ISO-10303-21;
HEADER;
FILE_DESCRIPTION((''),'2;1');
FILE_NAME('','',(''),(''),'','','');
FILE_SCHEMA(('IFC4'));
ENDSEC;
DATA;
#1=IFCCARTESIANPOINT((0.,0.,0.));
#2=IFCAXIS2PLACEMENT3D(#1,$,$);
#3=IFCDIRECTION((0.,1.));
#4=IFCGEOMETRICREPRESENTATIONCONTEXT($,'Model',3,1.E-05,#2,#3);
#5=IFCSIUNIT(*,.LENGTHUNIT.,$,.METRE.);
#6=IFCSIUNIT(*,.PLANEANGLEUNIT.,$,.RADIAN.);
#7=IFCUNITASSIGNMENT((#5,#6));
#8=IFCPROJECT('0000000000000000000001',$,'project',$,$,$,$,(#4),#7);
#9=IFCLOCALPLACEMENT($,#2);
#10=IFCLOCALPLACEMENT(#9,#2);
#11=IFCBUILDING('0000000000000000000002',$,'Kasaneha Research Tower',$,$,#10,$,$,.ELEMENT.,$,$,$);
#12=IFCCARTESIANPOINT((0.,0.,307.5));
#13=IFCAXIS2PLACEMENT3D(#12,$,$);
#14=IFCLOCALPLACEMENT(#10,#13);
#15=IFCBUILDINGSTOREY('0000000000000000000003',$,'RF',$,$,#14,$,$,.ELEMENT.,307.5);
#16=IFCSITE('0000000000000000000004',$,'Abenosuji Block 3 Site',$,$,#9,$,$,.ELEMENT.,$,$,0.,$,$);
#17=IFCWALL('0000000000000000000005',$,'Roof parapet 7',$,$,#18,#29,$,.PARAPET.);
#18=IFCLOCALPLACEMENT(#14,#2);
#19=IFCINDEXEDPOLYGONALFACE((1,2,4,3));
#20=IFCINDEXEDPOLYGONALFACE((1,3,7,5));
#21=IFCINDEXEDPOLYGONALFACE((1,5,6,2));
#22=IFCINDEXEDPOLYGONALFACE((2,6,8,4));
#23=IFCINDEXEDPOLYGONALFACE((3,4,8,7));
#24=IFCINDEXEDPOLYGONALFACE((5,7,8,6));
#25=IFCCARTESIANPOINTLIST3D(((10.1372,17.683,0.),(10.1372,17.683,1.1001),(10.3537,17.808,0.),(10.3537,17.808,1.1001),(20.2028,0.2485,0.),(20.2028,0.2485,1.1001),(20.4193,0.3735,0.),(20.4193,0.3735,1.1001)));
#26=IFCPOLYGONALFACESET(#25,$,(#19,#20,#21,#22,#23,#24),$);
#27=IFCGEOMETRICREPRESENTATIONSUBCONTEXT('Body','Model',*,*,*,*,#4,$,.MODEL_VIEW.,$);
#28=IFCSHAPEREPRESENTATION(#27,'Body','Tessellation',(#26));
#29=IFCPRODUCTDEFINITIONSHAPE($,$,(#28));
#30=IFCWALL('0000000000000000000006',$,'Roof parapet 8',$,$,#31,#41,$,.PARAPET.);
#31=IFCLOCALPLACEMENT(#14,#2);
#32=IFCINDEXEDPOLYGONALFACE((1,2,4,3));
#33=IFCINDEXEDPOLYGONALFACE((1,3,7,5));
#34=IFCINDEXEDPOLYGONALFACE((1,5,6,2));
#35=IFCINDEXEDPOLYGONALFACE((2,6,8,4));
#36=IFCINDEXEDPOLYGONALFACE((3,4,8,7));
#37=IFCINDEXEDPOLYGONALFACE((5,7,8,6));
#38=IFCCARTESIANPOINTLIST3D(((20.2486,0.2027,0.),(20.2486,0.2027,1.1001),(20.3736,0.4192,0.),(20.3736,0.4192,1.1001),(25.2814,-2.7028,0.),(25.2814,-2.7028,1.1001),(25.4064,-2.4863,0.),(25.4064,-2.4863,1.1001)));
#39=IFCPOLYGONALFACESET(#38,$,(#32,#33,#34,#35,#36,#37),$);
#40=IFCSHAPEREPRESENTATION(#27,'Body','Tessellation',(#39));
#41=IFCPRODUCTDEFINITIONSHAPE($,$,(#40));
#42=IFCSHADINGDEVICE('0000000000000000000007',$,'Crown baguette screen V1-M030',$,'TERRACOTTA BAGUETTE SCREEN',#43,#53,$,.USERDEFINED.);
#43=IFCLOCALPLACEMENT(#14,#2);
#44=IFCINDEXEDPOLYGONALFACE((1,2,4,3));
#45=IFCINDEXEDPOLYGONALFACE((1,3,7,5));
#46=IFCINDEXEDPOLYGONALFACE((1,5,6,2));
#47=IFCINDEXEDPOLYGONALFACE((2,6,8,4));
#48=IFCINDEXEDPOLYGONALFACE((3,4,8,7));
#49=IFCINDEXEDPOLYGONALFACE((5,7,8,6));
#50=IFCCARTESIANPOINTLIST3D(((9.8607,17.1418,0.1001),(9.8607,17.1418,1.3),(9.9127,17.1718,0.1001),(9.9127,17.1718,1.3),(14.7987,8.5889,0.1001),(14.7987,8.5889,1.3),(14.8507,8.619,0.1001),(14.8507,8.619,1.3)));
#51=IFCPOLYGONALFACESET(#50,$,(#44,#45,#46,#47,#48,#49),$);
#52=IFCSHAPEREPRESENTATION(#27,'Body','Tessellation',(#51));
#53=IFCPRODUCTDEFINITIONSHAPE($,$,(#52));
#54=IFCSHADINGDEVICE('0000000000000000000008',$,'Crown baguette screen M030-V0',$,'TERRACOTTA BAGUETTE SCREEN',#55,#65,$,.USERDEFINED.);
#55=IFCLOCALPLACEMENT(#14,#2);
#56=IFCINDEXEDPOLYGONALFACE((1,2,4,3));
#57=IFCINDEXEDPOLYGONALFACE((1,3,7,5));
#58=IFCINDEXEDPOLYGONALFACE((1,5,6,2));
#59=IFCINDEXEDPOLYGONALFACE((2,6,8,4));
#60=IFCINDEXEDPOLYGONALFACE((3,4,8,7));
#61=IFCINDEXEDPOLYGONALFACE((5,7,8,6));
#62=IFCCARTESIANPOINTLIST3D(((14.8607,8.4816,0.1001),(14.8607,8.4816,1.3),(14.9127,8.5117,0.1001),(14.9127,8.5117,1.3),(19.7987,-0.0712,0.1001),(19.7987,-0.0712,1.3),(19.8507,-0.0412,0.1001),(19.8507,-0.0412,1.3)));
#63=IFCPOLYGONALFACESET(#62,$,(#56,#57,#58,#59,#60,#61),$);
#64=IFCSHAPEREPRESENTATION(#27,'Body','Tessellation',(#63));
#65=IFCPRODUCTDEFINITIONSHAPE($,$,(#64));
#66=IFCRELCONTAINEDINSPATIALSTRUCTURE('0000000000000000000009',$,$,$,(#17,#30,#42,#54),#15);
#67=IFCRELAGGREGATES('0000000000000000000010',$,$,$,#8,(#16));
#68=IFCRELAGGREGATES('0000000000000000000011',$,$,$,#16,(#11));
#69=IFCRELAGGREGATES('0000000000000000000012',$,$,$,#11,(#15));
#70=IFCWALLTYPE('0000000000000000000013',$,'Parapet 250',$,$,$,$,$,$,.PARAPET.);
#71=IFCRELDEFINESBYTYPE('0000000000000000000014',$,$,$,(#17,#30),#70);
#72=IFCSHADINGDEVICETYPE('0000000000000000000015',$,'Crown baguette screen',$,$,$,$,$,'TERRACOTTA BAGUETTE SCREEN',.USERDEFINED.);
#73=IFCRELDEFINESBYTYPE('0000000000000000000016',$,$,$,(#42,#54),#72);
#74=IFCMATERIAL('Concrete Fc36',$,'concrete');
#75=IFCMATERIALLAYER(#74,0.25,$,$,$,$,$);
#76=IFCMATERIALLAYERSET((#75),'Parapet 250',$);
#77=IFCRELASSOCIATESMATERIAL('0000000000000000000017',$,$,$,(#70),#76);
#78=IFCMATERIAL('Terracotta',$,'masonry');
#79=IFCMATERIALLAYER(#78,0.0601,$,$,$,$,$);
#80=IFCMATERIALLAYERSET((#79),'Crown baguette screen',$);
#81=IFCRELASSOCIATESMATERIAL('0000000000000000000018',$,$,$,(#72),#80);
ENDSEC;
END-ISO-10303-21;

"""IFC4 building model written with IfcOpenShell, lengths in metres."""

from ifc_helpers import new_model, si_unit, direction, frame, frame_2d, origin, origin_2d, place, context, subcontext, project, spatial, rectangle, extrude, material, layer, layer_set, type_object, element, save


model = new_model("IFC4")

# Units and contexts
model_context = context("Model", 3, precision=1e-05, world=origin(), true_north=direction((0.0, 1.0)))
body_context = subcontext(model_context, "Body", "Model", "MODEL_VIEW")
ifc_project = project(units=[si_unit("LENGTHUNIT", "METRE"), si_unit("PLANEANGLEUNIT", "RADIAN")], contexts=[model_context])

# Site, building, storey
site_placement = place(None, origin())
site = spatial("IfcSite", under=ifc_project, at=site_placement, Name="Abenosuji Block 3 Site", CompositionType="ELEMENT", RefElevation=0.0)
building_placement = place(site_placement, origin())
building = spatial("IfcBuilding", under=site, at=building_placement, Name="Kasaneha Research Tower", CompositionType="ELEMENT")
storey_placement = place(building_placement, frame((0.0, 0.0, 307.5)))
storey = spatial("IfcBuildingStorey", under=building, at=storey_placement, Name="RF", CompositionType="ELEMENT", Elevation=307.5)

# Walls
ifc_material_1 = material(Name="Concrete Fc36", Category="concrete")
ifc_layer_1 = layer(ifc_material_1, 0.25)
ifc_layer_set_1 = layer_set([ifc_layer_1], Name="Parapet 250")
wall_type = type_object("IfcWallType", Name="Parapet 250", PredefinedType="PARAPET", material=ifc_layer_set_1)
wall_1_placement = place(storey_placement, frame((10.2454, 17.7456, 0.0), z_axis=(0.0, 0.0, 1.0), x_axis=(0.499993, -0.866029, 0.0)))
element("IfcWall", 1, at=wall_1_placement, inside=storey, type_object=wall_type, Name="Roof parapet 7", PredefinedType="PARAPET", context=body_context, shape_type="SweptSolid", body=[
    extrude(rectangle(XDim=20.1316, YDim=0.25, at=frame_2d((10.0659, 0.0))), origin(), (0.0, 0.0, 1.0), 1.1001),
])
wall_2_placement = place(storey_placement, frame((20.311, 0.311, 0.0), z_axis=(0.0, 0.0, 1.0), x_axis=(0.866034, -0.499984, 0.0)))
element("IfcWall", 2, at=wall_2_placement, inside=storey, type_object=wall_type, Name="Roof parapet 8", PredefinedType="PARAPET", context=body_context, shape_type="SweptSolid", body=[
    extrude(rectangle(XDim=5.8113, YDim=0.25, at=frame_2d((2.9058, 0.0))), origin(), (0.0, 0.0, 1.0), 1.1001),
])

# Shading devices
ifc_material_2 = material(Name="Terracotta", Category="masonry")
ifc_layer_2 = layer(ifc_material_2, 0.0601)
ifc_layer_set_2 = layer_set([ifc_layer_2], Name="Crown baguette screen")
shading_device_type = type_object("IfcShadingDeviceType", Name="Crown baguette screen", ElementType="TERRACOTTA BAGUETTE SCREEN", PredefinedType="USERDEFINED", material=ifc_layer_set_2)
for number, where, z_axis, x_axis, name in (
    (3, (12.3557, 12.8804, 0.1001), (0.0, 0.0, 1.0), (0.5, -0.866025, 0.0), "Crown baguette screen V1-M030"),
    (4, (17.3557, 4.2202, 0.1001), (0.0, 0.0, 1.0), (0.5, -0.866025, 0.0), "Crown baguette screen M030-V0"),
):
    element("IfcShadingDevice", number, at=place(storey_placement, frame(where, z_axis=z_axis, x_axis=x_axis)), inside=storey, type_object=shading_device_type, Name=name, ObjectType="TERRACOTTA BAGUETTE SCREEN", PredefinedType="USERDEFINED", context=body_context, shape_type="SweptSolid", body=[
        extrude(rectangle(XDim=9.876, YDim=0.0601, at=origin_2d()), origin(), (0.0, 0.0, 1.0), 1.2),
    ])

save(model, "model.ifc")
